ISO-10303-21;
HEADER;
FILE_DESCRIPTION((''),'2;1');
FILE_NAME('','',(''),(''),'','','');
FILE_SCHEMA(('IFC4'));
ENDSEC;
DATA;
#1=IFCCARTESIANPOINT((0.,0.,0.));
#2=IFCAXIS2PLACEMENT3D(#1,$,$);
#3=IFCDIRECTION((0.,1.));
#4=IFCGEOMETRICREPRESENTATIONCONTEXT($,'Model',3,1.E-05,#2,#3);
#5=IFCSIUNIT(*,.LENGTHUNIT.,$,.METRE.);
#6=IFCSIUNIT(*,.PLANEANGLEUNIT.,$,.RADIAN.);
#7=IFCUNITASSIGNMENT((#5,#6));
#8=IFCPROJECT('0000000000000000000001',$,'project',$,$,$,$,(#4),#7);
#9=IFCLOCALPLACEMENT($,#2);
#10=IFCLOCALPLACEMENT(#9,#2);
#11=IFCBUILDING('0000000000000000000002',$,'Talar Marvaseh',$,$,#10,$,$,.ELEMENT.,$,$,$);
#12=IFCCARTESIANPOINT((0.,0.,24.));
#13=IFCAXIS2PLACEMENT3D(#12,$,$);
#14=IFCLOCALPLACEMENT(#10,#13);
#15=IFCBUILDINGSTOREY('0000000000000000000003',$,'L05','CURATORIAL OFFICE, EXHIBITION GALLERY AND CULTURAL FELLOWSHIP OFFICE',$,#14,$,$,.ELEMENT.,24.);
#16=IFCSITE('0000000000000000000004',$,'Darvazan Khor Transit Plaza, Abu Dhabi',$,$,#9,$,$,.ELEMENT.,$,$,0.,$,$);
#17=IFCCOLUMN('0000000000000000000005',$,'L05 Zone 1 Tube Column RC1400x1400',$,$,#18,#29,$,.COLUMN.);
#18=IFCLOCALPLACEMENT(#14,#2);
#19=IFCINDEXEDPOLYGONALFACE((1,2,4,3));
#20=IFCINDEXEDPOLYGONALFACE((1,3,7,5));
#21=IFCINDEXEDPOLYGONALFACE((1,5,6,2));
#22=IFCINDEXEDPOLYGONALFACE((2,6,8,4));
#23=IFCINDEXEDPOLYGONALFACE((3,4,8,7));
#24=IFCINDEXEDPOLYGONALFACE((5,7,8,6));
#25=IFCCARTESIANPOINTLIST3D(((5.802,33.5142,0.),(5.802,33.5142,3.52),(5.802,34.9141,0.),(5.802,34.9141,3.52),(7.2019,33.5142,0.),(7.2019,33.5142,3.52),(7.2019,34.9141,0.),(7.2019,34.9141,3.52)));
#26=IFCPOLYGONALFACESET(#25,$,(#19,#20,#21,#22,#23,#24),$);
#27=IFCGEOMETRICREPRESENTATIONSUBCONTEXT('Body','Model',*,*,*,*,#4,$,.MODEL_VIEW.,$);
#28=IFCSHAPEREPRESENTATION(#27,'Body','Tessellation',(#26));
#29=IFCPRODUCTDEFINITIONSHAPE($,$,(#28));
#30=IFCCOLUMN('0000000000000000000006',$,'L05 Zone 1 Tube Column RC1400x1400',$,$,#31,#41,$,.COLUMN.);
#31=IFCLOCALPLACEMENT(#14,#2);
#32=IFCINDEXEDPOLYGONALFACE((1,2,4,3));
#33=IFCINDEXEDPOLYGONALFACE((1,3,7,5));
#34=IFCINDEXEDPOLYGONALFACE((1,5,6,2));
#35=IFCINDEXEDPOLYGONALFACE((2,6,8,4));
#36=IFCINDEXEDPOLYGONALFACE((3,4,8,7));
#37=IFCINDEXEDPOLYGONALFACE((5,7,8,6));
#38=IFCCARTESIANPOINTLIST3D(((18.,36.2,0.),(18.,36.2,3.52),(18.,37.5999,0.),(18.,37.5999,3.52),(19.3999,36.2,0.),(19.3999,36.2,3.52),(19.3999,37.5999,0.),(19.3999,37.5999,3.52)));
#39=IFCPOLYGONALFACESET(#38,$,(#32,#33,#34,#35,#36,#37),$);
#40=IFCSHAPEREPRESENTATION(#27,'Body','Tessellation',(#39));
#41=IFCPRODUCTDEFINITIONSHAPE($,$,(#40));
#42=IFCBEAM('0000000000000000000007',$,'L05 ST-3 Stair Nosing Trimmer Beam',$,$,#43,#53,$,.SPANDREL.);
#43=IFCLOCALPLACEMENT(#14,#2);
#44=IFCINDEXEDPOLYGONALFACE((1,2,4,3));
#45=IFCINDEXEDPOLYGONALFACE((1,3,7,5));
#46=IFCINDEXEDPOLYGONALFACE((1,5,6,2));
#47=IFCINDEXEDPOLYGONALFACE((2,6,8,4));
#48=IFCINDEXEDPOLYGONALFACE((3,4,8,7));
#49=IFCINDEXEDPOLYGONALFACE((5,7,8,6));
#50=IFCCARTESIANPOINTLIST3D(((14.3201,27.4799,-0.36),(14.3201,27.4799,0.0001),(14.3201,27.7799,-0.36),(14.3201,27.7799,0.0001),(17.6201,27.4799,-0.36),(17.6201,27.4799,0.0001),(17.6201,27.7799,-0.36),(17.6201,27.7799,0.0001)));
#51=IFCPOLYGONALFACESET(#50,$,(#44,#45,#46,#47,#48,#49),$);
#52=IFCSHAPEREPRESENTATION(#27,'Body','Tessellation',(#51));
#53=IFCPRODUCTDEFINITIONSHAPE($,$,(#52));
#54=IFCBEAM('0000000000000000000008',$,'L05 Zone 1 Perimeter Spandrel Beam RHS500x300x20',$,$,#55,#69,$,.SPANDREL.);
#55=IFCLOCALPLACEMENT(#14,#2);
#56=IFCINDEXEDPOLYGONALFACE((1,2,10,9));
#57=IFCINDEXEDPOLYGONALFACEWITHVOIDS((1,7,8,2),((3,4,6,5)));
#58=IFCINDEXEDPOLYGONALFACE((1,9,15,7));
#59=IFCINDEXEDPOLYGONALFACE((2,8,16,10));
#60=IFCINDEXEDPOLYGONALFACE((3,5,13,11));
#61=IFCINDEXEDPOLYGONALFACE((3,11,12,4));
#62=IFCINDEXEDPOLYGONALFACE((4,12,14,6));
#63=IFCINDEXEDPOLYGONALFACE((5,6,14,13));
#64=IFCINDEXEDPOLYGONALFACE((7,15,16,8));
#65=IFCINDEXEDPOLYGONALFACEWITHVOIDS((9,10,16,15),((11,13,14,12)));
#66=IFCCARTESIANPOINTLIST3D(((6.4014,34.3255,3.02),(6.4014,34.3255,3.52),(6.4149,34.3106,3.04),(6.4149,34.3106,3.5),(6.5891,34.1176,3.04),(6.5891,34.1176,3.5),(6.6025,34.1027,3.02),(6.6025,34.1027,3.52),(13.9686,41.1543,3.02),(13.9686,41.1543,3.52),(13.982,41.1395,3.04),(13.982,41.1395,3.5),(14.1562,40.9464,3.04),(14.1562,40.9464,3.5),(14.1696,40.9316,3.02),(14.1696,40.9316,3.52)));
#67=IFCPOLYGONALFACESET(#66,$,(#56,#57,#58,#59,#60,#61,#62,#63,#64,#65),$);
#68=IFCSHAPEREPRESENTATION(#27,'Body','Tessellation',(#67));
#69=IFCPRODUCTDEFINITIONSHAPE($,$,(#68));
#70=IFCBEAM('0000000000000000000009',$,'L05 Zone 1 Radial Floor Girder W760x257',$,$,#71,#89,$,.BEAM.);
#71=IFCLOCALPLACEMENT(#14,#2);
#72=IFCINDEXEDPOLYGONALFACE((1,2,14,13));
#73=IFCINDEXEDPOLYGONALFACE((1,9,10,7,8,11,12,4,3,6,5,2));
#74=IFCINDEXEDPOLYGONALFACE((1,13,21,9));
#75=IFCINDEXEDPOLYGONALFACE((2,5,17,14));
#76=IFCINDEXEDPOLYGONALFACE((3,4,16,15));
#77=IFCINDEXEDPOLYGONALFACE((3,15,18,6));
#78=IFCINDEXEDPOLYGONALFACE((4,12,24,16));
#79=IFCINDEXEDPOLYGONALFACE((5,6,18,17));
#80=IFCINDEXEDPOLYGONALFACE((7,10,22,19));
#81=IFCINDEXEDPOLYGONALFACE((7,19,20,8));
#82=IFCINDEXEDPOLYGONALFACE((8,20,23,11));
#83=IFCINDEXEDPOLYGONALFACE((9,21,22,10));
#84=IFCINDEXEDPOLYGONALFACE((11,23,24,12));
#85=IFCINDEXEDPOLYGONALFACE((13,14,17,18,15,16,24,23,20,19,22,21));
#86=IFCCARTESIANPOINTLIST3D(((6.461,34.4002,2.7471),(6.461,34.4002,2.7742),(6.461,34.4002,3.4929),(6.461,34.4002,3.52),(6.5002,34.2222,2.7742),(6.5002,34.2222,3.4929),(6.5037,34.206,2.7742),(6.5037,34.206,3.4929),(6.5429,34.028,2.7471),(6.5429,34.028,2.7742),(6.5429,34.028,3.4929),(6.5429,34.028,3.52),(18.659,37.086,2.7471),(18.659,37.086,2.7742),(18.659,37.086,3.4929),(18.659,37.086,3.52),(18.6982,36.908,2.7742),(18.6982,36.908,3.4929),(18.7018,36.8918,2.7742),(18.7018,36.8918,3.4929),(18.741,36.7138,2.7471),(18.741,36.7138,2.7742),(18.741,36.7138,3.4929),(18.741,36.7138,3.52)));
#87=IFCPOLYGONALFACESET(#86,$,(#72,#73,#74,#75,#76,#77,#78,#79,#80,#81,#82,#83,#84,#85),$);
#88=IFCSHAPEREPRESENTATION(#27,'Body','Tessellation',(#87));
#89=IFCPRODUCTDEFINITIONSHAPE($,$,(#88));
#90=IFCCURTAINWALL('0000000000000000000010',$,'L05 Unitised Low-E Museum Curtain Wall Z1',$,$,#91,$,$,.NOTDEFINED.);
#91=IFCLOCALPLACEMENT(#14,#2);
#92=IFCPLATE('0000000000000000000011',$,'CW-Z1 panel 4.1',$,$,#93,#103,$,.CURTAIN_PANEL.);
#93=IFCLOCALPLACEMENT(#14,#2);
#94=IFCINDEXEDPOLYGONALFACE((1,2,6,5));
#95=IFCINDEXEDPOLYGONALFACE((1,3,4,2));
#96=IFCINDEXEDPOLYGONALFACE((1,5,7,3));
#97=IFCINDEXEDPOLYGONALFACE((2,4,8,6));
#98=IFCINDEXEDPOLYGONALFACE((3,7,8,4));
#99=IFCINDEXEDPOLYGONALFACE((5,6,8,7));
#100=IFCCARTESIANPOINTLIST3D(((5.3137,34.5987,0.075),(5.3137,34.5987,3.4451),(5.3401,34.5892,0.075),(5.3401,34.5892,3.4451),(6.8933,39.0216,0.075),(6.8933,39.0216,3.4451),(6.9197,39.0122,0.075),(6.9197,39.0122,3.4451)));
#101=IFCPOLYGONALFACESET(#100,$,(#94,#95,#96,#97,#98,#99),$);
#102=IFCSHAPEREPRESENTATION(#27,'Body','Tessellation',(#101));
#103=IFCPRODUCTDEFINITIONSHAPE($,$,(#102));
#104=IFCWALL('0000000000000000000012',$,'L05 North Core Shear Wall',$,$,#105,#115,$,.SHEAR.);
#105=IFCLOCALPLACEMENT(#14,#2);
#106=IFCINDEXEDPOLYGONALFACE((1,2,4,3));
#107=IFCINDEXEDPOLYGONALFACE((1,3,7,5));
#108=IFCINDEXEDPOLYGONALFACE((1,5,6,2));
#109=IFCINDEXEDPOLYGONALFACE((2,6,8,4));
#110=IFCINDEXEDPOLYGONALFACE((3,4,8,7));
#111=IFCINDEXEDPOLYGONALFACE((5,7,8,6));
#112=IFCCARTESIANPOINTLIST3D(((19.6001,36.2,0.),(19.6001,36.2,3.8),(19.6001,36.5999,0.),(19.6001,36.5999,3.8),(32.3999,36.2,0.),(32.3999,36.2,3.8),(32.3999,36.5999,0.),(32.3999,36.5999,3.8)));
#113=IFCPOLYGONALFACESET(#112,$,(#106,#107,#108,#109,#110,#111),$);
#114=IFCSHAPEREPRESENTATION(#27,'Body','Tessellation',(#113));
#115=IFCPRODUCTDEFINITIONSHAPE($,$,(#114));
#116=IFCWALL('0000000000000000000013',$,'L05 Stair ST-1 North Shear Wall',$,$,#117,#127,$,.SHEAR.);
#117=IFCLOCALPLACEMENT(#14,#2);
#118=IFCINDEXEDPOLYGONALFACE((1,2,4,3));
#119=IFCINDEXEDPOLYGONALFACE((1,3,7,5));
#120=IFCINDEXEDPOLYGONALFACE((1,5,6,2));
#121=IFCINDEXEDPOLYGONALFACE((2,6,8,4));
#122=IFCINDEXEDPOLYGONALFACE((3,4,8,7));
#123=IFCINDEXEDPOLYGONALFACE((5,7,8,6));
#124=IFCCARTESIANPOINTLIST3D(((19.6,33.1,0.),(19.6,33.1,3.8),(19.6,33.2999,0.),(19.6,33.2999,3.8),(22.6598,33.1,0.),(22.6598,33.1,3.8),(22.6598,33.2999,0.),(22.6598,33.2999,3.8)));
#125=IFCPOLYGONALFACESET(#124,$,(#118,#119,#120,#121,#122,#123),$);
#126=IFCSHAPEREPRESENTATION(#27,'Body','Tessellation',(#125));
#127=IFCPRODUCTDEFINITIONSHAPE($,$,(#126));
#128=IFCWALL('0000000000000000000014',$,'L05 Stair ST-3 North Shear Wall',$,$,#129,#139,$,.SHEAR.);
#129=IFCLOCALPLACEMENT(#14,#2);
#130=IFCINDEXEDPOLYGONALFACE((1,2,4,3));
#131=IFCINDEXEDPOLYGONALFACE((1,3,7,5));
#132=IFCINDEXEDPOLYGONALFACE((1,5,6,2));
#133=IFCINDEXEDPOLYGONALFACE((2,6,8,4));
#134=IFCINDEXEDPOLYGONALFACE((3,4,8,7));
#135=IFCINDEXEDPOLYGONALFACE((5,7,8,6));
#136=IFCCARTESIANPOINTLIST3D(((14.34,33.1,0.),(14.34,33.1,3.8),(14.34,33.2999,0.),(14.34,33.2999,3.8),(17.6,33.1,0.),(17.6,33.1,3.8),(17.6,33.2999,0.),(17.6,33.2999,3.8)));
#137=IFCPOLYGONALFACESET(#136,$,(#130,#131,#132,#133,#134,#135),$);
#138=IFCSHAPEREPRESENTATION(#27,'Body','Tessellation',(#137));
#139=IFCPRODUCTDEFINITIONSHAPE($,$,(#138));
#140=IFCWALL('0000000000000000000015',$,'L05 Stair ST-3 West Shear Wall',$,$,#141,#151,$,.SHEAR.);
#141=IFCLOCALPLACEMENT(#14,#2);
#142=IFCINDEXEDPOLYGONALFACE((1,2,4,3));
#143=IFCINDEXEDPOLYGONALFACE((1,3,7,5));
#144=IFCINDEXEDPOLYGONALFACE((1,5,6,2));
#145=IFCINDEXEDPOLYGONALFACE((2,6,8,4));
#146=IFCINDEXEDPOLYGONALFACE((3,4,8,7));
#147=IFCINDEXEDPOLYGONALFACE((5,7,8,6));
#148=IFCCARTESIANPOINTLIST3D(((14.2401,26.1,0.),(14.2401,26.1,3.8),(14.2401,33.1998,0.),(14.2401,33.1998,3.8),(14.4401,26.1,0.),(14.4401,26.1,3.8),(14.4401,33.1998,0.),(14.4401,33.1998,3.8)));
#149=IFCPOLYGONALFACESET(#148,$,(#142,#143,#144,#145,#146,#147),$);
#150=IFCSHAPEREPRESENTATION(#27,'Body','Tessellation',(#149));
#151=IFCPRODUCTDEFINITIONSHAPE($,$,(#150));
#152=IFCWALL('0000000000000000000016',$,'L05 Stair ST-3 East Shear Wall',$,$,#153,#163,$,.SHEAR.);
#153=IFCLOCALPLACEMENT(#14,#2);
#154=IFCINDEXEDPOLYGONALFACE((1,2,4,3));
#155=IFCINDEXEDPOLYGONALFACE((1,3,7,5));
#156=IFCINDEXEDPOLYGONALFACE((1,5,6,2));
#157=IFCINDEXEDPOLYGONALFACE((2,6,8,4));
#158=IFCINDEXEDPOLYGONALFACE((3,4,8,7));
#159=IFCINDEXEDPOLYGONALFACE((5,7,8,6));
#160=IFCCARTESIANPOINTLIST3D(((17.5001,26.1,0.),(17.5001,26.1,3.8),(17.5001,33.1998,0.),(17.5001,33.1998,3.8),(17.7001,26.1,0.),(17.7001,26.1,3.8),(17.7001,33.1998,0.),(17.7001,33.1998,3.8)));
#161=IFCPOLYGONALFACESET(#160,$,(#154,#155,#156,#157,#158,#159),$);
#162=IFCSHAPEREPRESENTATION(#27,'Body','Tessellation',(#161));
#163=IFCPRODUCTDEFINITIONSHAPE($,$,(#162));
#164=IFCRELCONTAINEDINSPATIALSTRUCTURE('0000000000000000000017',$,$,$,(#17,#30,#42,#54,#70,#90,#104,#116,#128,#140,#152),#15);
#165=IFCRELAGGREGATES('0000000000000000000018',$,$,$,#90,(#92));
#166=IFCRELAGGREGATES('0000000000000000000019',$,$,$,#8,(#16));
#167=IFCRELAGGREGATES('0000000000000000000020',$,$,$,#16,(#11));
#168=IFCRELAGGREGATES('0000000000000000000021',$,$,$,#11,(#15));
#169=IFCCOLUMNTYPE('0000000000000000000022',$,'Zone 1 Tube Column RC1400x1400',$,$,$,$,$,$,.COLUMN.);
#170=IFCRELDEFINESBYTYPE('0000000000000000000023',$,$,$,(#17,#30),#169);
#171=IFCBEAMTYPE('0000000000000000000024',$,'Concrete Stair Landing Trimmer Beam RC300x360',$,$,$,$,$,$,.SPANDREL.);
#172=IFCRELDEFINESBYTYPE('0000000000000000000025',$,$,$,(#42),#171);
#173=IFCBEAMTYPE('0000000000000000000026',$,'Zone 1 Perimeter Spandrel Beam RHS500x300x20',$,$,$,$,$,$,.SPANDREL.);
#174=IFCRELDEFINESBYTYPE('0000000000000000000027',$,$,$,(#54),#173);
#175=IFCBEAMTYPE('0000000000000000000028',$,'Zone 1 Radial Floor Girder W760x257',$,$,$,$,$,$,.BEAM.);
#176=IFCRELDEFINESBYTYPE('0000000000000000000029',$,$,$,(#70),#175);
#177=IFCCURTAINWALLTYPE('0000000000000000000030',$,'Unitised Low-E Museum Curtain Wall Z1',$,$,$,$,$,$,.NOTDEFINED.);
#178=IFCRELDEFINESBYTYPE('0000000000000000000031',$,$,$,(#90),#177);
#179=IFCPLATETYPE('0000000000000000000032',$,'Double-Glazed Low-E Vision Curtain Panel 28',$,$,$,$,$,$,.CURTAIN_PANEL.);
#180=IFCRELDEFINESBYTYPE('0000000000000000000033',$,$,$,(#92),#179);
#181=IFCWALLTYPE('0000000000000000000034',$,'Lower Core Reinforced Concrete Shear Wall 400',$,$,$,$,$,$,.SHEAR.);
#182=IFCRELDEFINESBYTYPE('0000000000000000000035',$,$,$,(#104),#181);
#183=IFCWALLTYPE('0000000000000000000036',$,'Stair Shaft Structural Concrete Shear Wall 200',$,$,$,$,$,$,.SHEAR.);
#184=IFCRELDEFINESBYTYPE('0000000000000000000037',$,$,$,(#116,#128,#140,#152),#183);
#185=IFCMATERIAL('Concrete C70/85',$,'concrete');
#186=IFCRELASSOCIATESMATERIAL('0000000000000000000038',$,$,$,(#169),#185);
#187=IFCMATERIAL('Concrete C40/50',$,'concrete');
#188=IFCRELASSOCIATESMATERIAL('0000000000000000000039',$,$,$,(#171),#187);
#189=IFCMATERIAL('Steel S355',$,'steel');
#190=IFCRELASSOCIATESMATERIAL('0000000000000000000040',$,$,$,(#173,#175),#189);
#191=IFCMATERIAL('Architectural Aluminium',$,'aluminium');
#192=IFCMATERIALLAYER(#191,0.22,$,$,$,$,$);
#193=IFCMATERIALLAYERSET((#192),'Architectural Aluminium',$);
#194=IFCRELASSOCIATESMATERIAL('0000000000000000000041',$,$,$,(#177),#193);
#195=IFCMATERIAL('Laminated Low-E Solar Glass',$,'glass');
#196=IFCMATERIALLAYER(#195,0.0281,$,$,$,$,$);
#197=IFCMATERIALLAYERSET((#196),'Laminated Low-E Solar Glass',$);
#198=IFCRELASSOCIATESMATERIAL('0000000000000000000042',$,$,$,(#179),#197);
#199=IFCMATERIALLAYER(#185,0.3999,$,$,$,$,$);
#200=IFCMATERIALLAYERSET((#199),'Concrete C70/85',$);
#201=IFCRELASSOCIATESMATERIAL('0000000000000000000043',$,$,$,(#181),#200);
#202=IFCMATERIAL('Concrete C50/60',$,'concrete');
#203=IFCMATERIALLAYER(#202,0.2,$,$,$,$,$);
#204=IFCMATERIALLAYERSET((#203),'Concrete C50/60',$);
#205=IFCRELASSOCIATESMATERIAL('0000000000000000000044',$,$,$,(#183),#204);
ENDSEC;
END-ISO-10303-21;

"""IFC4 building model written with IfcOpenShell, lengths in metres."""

from ifc_helpers import new_model, si_unit, direction, frame, frame_2d, origin, origin_2d, place, context, subcontext, project, spatial, rectangle, hollow_rectangle, i_section, extrude, source, transform, mapped, material, layer, layer_set, material_profile, profile_set, type_object, type_shapes, element, aggregate, save


model = new_model("IFC4")

# Units and contexts
model_context = context("Model", 3, precision=1e-05, world=origin(), true_north=direction((0.0, 1.0)))
body_context = subcontext(model_context, "Body", "Model", "MODEL_VIEW")
ifc_project = project(units=[si_unit("LENGTHUNIT", "METRE"), si_unit("PLANEANGLEUNIT", "RADIAN")], contexts=[model_context])

# Site, building, storey
site_placement = place(None, origin())
site = spatial("IfcSite", under=ifc_project, at=site_placement, Name="Darvazan Khor Transit Plaza, Abu Dhabi", CompositionType="ELEMENT", RefElevation=0.0)
building_placement = place(site_placement, origin())
building = spatial("IfcBuilding", under=site, at=building_placement, Name="Talar Marvaseh", CompositionType="ELEMENT")
storey_placement = place(building_placement, frame((0.0, 0.0, 24.0)))
storey = spatial("IfcBuildingStorey", under=building, at=storey_placement, Name="L05", Description="CURATORIAL OFFICE, EXHIBITION GALLERY AND CULTURAL FELLOWSHIP OFFICE", CompositionType="ELEMENT", Elevation=24.0)

# Columns
ifc_material_1 = material(Name="Concrete C70/85", Category="concrete")
ifc_material_profile_1 = material_profile(ifc_material_1, rectangle(XDim=1.3999, YDim=1.3999, at=origin_2d()), Name="RC1400x1400")
ifc_profile_set_1 = profile_set([ifc_material_profile_1], Name="Concrete C70/85")
column_type = type_object("IfcColumnType", Name="Zone 1 Tube Column RC1400x1400", PredefinedType="COLUMN", material=ifc_profile_set_1)
for number, where, z_axis, x_axis, name in (
    (1, (6.502, 34.2141, 0.0), (0.0, 0.0, 1.0), (1.0, 0.0, 0.0), "L05 Zone 1 Tube Column RC1400x1400"),
    (2, (18.7, 36.8999, 0.0), (0.0, 0.0, 1.0), (1.0, 0.0, 0.0), "L05 Zone 1 Tube Column RC1400x1400"),
):
    element("IfcColumn", number, at=place(storey_placement, frame(where, z_axis=z_axis, x_axis=x_axis)), inside=storey, type_object=column_type, Name=name, PredefinedType="COLUMN", context=body_context, shape_type="SweptSolid", body=[
        extrude(rectangle(XDim=1.3999, YDim=1.3999, at=origin_2d()), origin(), (0.0, 0.0, 1.0), 3.52),
    ])

# Beams
ifc_material_2 = material(Name="Concrete C40/50", Category="concrete")
ifc_material_profile_2 = material_profile(ifc_material_2, rectangle(XDim=0.3, YDim=0.3601, at=origin_2d()), Name="RC300x360")
ifc_profile_set_2 = profile_set([ifc_material_profile_2], Name="Concrete C40/50")
beam_type_1 = type_object("IfcBeamType", Name="Concrete Stair Landing Trimmer Beam RC300x360", PredefinedType="SPANDREL", material=ifc_profile_set_2)
beam_1_placement = place(storey_placement, frame((17.6201, 27.6299, -0.1799), z_axis=(-1.0, 0.0, 0.0), x_axis=(0.0, -1.0, 0.0)))
element("IfcBeam", 3, at=beam_1_placement, inside=storey, type_object=beam_type_1, Name="L05 ST-3 Stair Nosing Trimmer Beam", PredefinedType="SPANDREL", context=body_context, shape_type="SweptSolid", body=[
    extrude(rectangle(XDim=0.3, YDim=0.3601, at=origin_2d()), origin(), (0.0, 0.0, 1.0), 3.3),
])
ifc_material_3 = material(Name="Steel S355", Category="steel")
ifc_material_profile_3 = material_profile(ifc_material_3, hollow_rectangle(XDim=0.3, YDim=0.5, WallThickness=0.02, at=origin_2d()), Name="RHS500x300x20")
ifc_profile_set_3 = profile_set([ifc_material_profile_3], Name="Steel S355")
beam_type_2 = type_object("IfcBeamType", Name="Zone 1 Perimeter Spandrel Beam RHS500x300x20", PredefinedType="SPANDREL", material=ifc_profile_set_3)
beam_2_placement = place(storey_placement, frame((6.502, 34.2141, 3.27), z_axis=(0.742394, 0.669963, 0.0), x_axis=(-0.669963, 0.742394, 0.0)))
element("IfcBeam", 4, at=beam_2_placement, inside=storey, type_object=beam_type_2, Name="L05 Zone 1 Perimeter Spandrel Beam RHS500x300x20", PredefinedType="SPANDREL", context=body_context, shape_type="SweptSolid", body=[
    extrude(hollow_rectangle(XDim=0.3, YDim=0.5, WallThickness=0.02, at=origin_2d()), origin(), (0.0, 0.0, 1.0), 10.1929),
])
ifc_material_profile_4 = material_profile(ifc_material_3, i_section(OverallWidth=0.3811, OverallDepth=0.7729, WebThickness=0.0166, FlangeThickness=0.0271, at=origin_2d()), Name="W760x257")
ifc_profile_set_4 = profile_set([ifc_material_profile_4], Name="Steel S355")
beam_type_3 = type_object("IfcBeamType", Name="Zone 1 Radial Floor Girder W760x257", PredefinedType="BEAM", material=ifc_profile_set_4)
beam_3_placement = place(storey_placement, frame((6.502, 34.2141, 3.1335), z_axis=(0.976607, 0.215032, 0.0), x_axis=(-0.215032, 0.976607, 0.0)))
element("IfcBeam", 5, at=beam_3_placement, inside=storey, type_object=beam_type_3, Name="L05 Zone 1 Radial Floor Girder W760x257", PredefinedType="BEAM", context=body_context, shape_type="SweptSolid", body=[
    extrude(i_section(OverallWidth=0.3811, OverallDepth=0.7729, WebThickness=0.0166, FlangeThickness=0.0271, at=origin_2d()), origin(), (0.0, 0.0, 1.0), 12.4902),
])

# Curtain wall, plate
ifc_material_4 = material(Name="Architectural Aluminium", Category="aluminium")
ifc_layer_1 = layer(ifc_material_4, 0.22)
ifc_layer_set_1 = layer_set([ifc_layer_1], Name="Architectural Aluminium")
curtain_wall_type = type_object("IfcCurtainWallType", Name="Unitised Low-E Museum Curtain Wall Z1", PredefinedType="NOTDEFINED", material=ifc_layer_set_1)
curtain_wall_placement = place(storey_placement, origin())
curtain_wall = element("IfcCurtainWall", 6, at=curtain_wall_placement, inside=storey, type_object=curtain_wall_type, Name="L05 Unitised Low-E Museum Curtain Wall Z1", PredefinedType="NOTDEFINED")
ifc_material_5 = material(Name="Laminated Low-E Solar Glass", Category="glass")
ifc_layer_2 = layer(ifc_material_5, 0.0281)
ifc_layer_set_2 = layer_set([ifc_layer_2], Name="Laminated Low-E Solar Glass")
plate_type = type_object("IfcPlateType", Name="Double-Glazed Low-E Vision Curtain Panel 28", PredefinedType="CURTAIN_PANEL", material=ifc_layer_set_2)
shared_shape_1 = source(origin(), body_context, "Body", "SweptSolid", [
    extrude(rectangle(XDim=4.6965, YDim=0.0281, at=origin_2d()), origin(), (0.0, 0.0, 1.0), 3.3701),
])
type_shapes(plate_type, [shared_shape_1])
plate_placement = place(storey_placement, frame((6.1167, 36.8054, 0.075), z_axis=(0.0, 0.0, 1.0), x_axis=(0.336336, 0.941742, 0.0)))
plate = element("IfcPlate", 7, at=plate_placement, type_object=plate_type, Name="CW-Z1 panel 4.1", PredefinedType="CURTAIN_PANEL", context=body_context, shape_type="MappedRepresentation", body=[
    mapped(shared_shape_1, transform((0.0, 0.0, 0.0), x_axis=(1.0, 0.0, 0.0), y_axis=(0.0, 1.0, 0.0), z_axis=(0.0, 0.0, 1.0), scale=1.0)),
])
aggregate(curtain_wall, [plate])

# Walls
ifc_layer_3 = layer(ifc_material_1, 0.3999)
ifc_layer_set_3 = layer_set([ifc_layer_3], Name="Concrete C70/85")
wall_type_1 = type_object("IfcWallType", Name="Lower Core Reinforced Concrete Shear Wall 400", PredefinedType="SHEAR", material=ifc_layer_set_3)
wall_1_placement = place(storey_placement, frame((19.6001, 36.3999, 0.0), z_axis=(0.0, 0.0, 1.0), x_axis=(1.0, 0.0, 0.0)))
element("IfcWall", 8, at=wall_1_placement, inside=storey, type_object=wall_type_1, Name="L05 North Core Shear Wall", PredefinedType="SHEAR", context=body_context, shape_type="SweptSolid", body=[
    extrude(rectangle(XDim=12.7998, YDim=0.3999, at=frame_2d((6.3999, 0.0))), origin(), (0.0, 0.0, 1.0), 3.8),
])
ifc_material_6 = material(Name="Concrete C50/60", Category="concrete")
ifc_layer_4 = layer(ifc_material_6, 0.2)
ifc_layer_set_4 = layer_set([ifc_layer_4], Name="Concrete C50/60")
wall_type_2 = type_object("IfcWallType", Name="Stair Shaft Structural Concrete Shear Wall 200", PredefinedType="SHEAR", material=ifc_layer_set_4)
wall_2_placement = place(storey_placement, frame((19.6001, 33.2, 0.0), z_axis=(0.0, 0.0, 1.0), x_axis=(1.0, 0.0, 0.0)))
element("IfcWall", 9, at=wall_2_placement, inside=storey, type_object=wall_type_2, Name="L05 Stair ST-1 North Shear Wall", PredefinedType="SHEAR", context=body_context, shape_type="SweptSolid", body=[
    extrude(rectangle(XDim=3.0598, YDim=0.2, at=frame_2d((1.5298, 0.0))), origin(), (0.0, 0.0, 1.0), 3.8),
])

# Walls
wall_3_placement = place(storey_placement, frame((14.3401, 33.2, 0.0), z_axis=(0.0, 0.0, 1.0), x_axis=(1.0, 0.0, 0.0)))
element("IfcWall", 10, at=wall_3_placement, inside=storey, type_object=wall_type_2, Name="L05 Stair ST-3 North Shear Wall", PredefinedType="SHEAR", context=body_context, shape_type="SweptSolid", body=[
    extrude(rectangle(XDim=3.26, YDim=0.2, at=frame_2d((1.6299, 0.0))), origin(), (0.0, 0.0, 1.0), 3.8),
])
for number, where, z_axis, x_axis, name in (
    (11, (14.3401, 26.1001, 0.0), (0.0, 0.0, 1.0), (0.0, 1.0, 0.0), "L05 Stair ST-3 West Shear Wall"),
    (12, (17.6001, 26.1001, 0.0), (0.0, 0.0, 1.0), (0.0, 1.0, 0.0), "L05 Stair ST-3 East Shear Wall"),
):
    element("IfcWall", number, at=place(storey_placement, frame(where, z_axis=z_axis, x_axis=x_axis)), inside=storey, type_object=wall_type_2, Name=name, PredefinedType="SHEAR", context=body_context, shape_type="SweptSolid", body=[
        extrude(rectangle(XDim=7.0999, YDim=0.2, at=frame_2d((3.5498, 0.0))), origin(), (0.0, 0.0, 1.0), 3.8),
    ])

save(model, "model.ifc")
